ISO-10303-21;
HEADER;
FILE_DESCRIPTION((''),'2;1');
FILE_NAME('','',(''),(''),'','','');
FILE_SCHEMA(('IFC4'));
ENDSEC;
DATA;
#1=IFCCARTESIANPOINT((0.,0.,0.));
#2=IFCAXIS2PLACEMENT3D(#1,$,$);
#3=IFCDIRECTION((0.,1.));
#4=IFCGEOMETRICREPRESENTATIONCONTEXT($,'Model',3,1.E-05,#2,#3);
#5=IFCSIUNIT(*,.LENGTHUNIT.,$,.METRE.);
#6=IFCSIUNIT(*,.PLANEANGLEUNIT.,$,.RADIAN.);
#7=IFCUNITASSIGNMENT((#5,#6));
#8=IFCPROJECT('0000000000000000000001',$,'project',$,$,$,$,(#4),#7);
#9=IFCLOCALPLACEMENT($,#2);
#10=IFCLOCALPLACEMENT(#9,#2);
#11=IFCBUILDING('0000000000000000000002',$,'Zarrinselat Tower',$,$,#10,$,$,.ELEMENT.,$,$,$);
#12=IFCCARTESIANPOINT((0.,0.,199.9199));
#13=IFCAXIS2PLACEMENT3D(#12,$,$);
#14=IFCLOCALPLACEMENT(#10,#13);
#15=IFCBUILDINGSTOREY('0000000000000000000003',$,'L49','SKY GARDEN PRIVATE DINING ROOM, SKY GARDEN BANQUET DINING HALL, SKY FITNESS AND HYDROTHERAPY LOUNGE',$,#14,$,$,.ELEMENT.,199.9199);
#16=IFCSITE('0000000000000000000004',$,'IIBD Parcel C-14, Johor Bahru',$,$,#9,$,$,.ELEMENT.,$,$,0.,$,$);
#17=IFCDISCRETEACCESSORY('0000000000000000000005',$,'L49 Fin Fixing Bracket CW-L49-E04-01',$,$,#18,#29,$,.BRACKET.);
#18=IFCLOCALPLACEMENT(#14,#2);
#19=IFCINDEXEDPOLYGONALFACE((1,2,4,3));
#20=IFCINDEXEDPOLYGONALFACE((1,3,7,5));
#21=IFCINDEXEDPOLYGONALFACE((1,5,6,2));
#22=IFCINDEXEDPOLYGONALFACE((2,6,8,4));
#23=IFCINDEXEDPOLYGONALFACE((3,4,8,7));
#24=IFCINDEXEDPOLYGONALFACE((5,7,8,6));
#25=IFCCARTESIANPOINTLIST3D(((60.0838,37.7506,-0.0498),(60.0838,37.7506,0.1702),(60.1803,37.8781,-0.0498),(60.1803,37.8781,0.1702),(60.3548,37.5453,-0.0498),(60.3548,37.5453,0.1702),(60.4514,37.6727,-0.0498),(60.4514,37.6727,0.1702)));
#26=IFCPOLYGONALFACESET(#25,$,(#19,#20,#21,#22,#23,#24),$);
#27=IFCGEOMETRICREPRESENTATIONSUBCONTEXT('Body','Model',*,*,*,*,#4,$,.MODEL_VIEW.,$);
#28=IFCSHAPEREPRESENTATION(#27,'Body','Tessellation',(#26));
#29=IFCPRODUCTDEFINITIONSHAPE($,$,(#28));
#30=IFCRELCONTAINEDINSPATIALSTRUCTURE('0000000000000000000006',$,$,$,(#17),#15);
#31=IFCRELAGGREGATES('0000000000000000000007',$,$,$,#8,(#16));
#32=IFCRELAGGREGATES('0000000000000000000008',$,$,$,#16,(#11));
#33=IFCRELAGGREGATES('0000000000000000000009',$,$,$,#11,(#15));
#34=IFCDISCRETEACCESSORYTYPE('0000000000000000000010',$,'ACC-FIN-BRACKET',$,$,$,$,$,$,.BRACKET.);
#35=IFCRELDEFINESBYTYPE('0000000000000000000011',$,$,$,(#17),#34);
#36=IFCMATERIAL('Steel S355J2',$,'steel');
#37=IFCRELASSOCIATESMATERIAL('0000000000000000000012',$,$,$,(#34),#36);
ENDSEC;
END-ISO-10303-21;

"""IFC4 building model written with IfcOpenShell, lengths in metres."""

from ifc_helpers import new_model, si_unit, direction, frame, origin, origin_2d, place, context, subcontext, project, spatial, rectangle, extrude, material, type_object, element, save


model = new_model("IFC4")

# Units and contexts
model_context = context("Model", 3, precision=1e-05, world=origin(), true_north=direction((0.0, 1.0)))
body_context = subcontext(model_context, "Body", "Model", "MODEL_VIEW")
ifc_project = project(units=[si_unit("LENGTHUNIT", "METRE"), si_unit("PLANEANGLEUNIT", "RADIAN")], contexts=[model_context])

# Site, building, storey
site_placement = place(None, origin())
site = spatial("IfcSite", under=ifc_project, at=site_placement, Name="IIBD Parcel C-14, Johor Bahru", CompositionType="ELEMENT", RefElevation=0.0)
building_placement = place(site_placement, origin())
building = spatial("IfcBuilding", under=site, at=building_placement, Name="Zarrinselat Tower", CompositionType="ELEMENT")
storey_placement = place(building_placement, frame((0.0, 0.0, 199.9199)))
storey = spatial("IfcBuildingStorey", under=building, at=storey_placement, Name="L49", Description="SKY GARDEN PRIVATE DINING ROOM, SKY GARDEN BANQUET DINING HALL, SKY FITNESS AND HYDROTHERAPY LOUNGE", CompositionType="ELEMENT", Elevation=199.9199)

# Discrete accessory
ifc_material_1 = material(Name="Steel S355J2", Category="steel")
discrete_accessory_type = type_object("IfcDiscreteAccessoryType", Name="ACC-FIN-BRACKET", PredefinedType="BRACKET", material=ifc_material_1)
for number, where, z_axis, x_axis, name in (
    (1, (60.2676, 37.7117, -0.0498), (0.0, 0.0, 1.0), (0.797092, -0.603858, 0.0), "L49 Fin Fixing Bracket CW-L49-E04-01"),
):
    element("IfcDiscreteAccessory", number, at=place(storey_placement, frame(where, z_axis=z_axis, x_axis=x_axis)), inside=storey, type_object=discrete_accessory_type, Name=name, PredefinedType="BRACKET", context=body_context, shape_type="SweptSolid", body=[
        extrude(rectangle(XDim=0.3401, YDim=0.1599, at=origin_2d()), origin(), (0.0, 0.0, 1.0), 0.22),
    ])

save(model, "model.ifc")
